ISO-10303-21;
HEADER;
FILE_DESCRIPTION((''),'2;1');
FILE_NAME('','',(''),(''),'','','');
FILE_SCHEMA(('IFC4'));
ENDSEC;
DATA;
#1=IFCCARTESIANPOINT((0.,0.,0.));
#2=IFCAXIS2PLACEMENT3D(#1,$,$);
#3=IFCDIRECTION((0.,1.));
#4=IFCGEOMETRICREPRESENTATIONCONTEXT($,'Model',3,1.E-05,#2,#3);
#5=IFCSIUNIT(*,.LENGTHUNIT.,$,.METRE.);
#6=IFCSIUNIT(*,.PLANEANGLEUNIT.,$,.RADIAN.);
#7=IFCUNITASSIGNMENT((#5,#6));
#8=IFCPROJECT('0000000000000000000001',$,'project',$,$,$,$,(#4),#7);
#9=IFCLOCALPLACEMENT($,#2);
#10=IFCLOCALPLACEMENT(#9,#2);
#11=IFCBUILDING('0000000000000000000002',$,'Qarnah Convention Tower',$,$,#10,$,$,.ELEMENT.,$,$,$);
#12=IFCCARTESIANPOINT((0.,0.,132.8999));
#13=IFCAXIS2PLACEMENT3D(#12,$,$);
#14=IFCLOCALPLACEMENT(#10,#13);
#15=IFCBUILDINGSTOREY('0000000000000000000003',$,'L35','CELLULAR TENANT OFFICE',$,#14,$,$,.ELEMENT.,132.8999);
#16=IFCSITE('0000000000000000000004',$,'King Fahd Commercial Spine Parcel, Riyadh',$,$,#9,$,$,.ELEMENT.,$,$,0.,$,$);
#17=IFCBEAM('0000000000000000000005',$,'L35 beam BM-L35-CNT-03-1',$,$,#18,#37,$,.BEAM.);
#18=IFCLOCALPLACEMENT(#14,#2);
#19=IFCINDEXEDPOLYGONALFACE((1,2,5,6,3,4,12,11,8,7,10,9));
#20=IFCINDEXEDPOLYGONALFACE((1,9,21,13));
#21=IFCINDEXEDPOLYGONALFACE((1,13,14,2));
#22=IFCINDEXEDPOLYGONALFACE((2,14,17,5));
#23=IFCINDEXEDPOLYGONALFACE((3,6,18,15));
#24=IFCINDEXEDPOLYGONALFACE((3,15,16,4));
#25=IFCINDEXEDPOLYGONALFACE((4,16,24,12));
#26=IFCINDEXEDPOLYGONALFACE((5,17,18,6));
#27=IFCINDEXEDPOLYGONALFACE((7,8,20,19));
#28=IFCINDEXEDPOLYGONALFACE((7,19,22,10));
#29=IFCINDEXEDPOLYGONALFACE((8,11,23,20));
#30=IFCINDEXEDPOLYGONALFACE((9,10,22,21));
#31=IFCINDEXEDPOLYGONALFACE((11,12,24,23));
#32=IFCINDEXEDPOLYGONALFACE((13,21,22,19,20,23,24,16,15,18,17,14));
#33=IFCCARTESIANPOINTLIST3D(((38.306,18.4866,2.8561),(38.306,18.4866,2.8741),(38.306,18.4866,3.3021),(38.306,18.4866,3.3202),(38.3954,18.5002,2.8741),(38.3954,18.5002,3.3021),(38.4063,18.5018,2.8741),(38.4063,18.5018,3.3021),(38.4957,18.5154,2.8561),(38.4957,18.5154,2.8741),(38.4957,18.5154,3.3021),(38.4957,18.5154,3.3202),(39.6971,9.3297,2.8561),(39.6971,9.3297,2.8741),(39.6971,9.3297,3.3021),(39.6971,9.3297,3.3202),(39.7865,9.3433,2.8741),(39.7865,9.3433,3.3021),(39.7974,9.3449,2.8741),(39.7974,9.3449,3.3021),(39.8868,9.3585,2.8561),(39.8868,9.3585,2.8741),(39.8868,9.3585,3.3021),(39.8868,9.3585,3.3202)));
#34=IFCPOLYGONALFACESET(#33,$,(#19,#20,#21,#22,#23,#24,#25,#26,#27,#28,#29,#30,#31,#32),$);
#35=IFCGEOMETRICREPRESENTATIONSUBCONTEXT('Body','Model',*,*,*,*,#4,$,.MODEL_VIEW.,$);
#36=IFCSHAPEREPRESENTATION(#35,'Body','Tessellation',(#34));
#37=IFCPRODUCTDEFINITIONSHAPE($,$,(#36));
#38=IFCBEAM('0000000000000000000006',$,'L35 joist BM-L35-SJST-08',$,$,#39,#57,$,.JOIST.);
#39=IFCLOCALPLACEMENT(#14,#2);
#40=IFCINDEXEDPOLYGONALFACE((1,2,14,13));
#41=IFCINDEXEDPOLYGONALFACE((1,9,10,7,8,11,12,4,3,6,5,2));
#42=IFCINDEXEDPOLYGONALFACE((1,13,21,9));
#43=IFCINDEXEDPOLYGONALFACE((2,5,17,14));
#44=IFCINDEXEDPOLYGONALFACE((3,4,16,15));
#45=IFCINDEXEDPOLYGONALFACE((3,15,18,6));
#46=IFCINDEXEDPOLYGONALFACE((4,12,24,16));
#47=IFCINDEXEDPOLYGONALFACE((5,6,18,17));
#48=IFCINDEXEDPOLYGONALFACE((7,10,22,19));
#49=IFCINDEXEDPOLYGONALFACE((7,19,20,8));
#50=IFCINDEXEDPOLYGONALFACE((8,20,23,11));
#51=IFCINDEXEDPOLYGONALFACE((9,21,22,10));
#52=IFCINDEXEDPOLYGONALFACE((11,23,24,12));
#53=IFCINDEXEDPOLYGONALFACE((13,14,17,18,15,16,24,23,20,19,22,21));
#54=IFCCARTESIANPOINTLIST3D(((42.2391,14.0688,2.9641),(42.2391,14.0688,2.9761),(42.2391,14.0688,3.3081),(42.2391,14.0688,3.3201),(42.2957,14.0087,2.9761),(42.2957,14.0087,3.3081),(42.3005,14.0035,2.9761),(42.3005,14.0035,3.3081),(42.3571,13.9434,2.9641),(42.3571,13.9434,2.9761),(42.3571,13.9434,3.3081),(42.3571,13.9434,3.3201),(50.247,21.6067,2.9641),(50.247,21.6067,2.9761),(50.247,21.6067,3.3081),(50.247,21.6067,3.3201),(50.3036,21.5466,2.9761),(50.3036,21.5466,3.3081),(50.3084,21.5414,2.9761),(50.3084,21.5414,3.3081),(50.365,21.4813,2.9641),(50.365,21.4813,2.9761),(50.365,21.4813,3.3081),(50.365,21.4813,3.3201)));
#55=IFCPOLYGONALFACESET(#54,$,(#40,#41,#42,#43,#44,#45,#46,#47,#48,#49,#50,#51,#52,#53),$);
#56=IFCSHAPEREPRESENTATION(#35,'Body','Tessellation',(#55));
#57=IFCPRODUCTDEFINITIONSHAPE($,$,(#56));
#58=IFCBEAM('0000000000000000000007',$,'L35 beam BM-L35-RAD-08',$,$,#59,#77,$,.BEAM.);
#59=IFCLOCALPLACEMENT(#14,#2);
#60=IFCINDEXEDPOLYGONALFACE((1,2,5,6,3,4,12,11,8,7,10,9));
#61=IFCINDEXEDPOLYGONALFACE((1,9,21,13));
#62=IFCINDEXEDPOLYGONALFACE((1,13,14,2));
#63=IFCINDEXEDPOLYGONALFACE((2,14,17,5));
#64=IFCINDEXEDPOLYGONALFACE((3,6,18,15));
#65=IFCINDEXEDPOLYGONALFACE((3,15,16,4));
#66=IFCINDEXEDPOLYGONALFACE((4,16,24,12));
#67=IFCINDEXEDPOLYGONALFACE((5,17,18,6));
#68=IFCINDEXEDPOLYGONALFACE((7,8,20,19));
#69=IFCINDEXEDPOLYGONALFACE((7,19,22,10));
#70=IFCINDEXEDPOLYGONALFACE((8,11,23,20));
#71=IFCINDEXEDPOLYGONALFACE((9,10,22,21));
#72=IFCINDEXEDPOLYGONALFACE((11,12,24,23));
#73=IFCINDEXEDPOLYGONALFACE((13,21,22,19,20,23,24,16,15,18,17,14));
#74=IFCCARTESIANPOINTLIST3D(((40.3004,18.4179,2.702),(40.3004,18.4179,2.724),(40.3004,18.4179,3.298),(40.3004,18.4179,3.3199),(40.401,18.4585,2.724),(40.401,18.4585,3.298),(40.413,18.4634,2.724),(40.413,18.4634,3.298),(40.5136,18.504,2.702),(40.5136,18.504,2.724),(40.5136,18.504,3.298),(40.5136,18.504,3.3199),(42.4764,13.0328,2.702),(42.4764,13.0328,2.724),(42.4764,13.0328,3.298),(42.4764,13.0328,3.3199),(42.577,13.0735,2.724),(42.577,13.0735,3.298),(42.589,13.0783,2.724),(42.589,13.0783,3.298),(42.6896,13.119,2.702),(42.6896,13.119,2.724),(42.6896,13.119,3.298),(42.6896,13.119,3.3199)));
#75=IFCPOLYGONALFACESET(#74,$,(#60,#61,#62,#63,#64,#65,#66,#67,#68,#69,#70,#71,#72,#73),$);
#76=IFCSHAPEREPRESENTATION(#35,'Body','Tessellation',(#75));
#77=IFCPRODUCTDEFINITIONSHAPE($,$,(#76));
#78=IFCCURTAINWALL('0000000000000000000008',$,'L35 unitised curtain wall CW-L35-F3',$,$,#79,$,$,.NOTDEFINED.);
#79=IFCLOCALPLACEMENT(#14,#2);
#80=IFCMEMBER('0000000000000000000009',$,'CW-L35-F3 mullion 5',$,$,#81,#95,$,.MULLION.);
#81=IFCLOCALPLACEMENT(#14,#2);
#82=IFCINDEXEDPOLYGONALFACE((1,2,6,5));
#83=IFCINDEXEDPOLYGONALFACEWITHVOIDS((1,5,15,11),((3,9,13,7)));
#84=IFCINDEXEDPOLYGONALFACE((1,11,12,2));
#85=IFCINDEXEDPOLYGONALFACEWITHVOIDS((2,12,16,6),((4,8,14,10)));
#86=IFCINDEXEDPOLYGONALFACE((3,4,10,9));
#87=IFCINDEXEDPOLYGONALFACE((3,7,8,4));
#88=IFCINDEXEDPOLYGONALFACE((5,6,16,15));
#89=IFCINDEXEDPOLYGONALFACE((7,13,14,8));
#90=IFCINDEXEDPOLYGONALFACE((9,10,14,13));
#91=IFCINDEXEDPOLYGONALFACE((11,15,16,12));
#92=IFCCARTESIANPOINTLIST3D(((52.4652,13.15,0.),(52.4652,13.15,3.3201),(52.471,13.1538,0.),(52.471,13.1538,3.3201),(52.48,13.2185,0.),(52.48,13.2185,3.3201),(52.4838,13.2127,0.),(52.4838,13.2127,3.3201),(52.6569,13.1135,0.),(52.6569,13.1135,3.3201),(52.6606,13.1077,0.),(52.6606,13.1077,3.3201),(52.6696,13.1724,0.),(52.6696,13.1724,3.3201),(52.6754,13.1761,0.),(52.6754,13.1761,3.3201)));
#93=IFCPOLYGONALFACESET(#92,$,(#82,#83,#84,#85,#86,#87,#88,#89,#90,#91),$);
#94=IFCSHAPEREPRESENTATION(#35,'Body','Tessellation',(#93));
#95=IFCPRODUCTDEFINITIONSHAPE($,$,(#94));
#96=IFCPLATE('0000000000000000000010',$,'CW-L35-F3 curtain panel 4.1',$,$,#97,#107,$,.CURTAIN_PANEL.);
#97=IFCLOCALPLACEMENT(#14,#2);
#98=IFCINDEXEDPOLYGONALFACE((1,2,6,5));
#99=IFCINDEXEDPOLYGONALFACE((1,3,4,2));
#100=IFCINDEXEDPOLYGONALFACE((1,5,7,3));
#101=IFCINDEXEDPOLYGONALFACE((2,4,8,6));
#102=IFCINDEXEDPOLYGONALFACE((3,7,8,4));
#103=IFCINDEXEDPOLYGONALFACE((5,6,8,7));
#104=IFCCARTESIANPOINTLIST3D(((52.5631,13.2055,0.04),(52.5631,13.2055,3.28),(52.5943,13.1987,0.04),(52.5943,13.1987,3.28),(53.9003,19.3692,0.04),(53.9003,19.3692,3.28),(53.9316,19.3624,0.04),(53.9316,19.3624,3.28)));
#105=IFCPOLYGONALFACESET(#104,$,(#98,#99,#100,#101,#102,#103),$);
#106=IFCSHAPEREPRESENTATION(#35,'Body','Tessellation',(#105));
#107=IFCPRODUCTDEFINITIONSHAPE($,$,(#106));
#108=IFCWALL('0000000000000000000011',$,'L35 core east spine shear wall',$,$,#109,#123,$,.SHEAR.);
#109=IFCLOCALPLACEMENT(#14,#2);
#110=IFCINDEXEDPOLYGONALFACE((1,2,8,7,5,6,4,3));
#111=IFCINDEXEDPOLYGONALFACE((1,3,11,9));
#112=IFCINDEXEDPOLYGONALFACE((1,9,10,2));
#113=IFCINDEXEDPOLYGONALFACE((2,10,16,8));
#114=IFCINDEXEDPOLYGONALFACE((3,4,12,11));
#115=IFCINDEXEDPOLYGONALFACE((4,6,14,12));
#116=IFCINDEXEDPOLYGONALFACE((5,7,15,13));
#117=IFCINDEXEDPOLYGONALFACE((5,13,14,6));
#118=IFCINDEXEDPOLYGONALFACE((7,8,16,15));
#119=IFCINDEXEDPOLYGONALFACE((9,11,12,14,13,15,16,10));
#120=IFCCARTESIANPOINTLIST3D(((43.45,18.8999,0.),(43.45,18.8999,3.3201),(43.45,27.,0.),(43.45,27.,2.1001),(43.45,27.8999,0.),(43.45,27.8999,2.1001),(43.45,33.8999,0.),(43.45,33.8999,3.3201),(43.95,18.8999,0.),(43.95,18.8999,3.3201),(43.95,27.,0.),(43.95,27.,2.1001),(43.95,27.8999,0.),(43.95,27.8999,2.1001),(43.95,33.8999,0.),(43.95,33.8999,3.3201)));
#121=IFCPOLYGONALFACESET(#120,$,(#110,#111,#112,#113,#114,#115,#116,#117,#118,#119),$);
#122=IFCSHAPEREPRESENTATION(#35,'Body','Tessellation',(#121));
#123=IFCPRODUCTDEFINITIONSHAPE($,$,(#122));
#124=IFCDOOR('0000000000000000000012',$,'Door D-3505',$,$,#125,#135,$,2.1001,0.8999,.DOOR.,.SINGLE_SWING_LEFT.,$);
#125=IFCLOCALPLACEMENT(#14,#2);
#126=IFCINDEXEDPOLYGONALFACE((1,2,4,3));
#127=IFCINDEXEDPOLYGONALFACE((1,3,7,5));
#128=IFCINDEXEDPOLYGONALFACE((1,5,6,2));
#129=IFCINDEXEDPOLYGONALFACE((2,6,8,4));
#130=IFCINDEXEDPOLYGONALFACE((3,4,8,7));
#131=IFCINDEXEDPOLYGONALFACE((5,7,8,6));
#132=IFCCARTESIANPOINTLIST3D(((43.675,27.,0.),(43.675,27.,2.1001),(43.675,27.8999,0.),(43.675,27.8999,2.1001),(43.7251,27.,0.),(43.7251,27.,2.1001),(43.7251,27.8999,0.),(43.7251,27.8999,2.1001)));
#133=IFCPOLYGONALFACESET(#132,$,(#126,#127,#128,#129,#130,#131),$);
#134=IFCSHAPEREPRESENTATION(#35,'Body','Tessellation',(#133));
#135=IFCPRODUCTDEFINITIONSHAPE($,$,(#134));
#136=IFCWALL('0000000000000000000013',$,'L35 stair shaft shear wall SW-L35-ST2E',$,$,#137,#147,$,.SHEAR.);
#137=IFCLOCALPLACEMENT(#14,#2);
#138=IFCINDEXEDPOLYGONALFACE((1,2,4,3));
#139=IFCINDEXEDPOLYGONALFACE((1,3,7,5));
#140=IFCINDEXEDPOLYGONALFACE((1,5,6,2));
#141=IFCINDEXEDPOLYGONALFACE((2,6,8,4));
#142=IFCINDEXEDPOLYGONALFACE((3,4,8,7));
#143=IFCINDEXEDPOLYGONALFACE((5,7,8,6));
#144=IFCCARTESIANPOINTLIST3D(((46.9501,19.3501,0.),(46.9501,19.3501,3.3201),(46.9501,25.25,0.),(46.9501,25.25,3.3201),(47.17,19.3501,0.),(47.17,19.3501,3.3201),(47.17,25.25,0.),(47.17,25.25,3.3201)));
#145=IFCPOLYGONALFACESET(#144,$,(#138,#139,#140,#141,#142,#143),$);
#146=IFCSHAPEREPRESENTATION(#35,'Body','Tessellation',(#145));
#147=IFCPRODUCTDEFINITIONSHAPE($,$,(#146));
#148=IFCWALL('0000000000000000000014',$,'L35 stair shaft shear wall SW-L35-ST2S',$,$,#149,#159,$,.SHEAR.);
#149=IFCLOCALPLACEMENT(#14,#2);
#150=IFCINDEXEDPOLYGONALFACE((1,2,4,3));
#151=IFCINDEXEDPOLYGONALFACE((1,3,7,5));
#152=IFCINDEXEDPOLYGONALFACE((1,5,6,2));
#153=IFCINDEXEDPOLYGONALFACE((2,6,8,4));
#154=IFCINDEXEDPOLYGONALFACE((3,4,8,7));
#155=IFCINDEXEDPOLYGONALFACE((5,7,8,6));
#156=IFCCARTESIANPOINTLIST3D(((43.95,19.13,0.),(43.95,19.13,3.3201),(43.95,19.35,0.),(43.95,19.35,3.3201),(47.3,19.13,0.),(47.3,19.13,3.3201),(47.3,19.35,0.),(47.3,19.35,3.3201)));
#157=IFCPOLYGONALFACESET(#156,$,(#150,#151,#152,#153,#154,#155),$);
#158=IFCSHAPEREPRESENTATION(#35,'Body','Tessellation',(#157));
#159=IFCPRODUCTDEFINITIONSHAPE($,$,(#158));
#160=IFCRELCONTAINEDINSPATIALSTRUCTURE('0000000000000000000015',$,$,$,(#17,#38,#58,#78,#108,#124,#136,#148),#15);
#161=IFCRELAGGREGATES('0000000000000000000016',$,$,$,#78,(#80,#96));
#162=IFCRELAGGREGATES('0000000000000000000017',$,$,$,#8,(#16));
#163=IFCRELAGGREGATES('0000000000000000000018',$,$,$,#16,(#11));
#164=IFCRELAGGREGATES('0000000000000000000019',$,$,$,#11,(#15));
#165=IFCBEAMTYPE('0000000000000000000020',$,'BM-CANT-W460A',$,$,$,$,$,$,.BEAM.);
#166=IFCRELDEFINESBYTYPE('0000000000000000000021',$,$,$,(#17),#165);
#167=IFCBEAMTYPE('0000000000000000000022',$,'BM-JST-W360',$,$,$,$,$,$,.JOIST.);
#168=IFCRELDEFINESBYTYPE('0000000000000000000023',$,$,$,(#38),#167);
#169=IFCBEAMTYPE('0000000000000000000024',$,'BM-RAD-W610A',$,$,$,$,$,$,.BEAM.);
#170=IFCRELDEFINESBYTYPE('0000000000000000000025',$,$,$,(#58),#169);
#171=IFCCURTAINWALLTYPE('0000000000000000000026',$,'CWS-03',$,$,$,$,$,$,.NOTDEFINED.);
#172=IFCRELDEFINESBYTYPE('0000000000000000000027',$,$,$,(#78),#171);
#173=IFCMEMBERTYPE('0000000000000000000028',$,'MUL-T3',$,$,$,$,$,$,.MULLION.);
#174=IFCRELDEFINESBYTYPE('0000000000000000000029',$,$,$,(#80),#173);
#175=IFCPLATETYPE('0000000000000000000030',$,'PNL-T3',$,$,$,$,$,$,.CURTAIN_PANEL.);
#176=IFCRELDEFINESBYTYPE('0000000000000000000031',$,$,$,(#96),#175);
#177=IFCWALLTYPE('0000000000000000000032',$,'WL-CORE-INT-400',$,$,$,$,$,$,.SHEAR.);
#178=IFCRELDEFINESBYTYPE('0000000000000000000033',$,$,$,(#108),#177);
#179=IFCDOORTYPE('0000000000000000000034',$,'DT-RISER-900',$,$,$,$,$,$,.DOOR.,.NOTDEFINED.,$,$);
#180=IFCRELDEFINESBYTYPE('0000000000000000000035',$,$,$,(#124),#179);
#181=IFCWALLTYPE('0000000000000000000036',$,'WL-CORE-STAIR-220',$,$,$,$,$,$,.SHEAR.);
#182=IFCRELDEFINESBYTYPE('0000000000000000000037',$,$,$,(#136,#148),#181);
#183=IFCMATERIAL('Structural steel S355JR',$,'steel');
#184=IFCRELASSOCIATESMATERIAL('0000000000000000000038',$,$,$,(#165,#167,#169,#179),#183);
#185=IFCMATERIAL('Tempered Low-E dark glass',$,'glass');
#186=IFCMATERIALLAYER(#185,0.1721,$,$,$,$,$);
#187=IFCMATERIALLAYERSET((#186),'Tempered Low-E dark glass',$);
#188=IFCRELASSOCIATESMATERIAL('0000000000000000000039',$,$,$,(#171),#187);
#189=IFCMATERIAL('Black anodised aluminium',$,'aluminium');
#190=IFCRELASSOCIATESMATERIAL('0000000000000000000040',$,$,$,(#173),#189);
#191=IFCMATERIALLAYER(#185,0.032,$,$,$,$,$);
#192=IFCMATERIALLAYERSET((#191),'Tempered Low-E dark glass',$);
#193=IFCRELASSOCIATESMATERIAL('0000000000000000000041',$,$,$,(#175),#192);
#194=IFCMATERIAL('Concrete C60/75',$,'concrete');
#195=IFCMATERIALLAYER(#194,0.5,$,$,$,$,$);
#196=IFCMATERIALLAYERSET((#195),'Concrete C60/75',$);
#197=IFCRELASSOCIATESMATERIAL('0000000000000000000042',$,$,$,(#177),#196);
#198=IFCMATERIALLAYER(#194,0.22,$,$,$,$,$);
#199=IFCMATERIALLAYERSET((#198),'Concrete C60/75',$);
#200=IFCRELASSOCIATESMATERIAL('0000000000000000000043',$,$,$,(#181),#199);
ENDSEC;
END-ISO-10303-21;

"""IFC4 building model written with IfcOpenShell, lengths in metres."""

from ifc_helpers import new_model, si_unit, direction, frame, frame_2d, origin, origin_2d, place, context, subcontext, project, spatial, rectangle, hollow_rectangle, i_section, extrude, material, layer, layer_set, material_profile, profile_set, type_object, element, fill, aggregate, save


model = new_model("IFC4")

# Units and contexts
model_context = context("Model", 3, precision=1e-05, world=origin(), true_north=direction((0.0, 1.0)))
body_context = subcontext(model_context, "Body", "Model", "MODEL_VIEW")
ifc_project = project(units=[si_unit("LENGTHUNIT", "METRE"), si_unit("PLANEANGLEUNIT", "RADIAN")], contexts=[model_context])

# Site, building, storey
site_placement = place(None, origin())
site = spatial("IfcSite", under=ifc_project, at=site_placement, Name="King Fahd Commercial Spine Parcel, Riyadh", CompositionType="ELEMENT", RefElevation=0.0)
building_placement = place(site_placement, origin())
building = spatial("IfcBuilding", under=site, at=building_placement, Name="Qarnah Convention Tower", CompositionType="ELEMENT")
storey_placement = place(building_placement, frame((0.0, 0.0, 132.8999)))
storey = spatial("IfcBuildingStorey", under=building, at=storey_placement, Name="L35", Description="CELLULAR TENANT OFFICE", CompositionType="ELEMENT", Elevation=132.8999)

# Beams
ifc_material_1 = material(Name="Structural steel S355JR", Category="steel")
ifc_material_profile_1 = material_profile(ifc_material_1, i_section(OverallWidth=0.1919, OverallDepth=0.4641, WebThickness=0.011, FlangeThickness=0.0181, at=origin_2d()), Name="W460X89")
ifc_profile_set_1 = profile_set([ifc_material_profile_1], Name="Structural steel S355JR")
beam_type_1 = type_object("IfcBeamType", Name="BM-CANT-W460A", PredefinedType="BEAM", material=ifc_profile_set_1)
beam_1_placement = place(storey_placement, frame((38.4009, 18.501, 3.0881), z_axis=(0.150195, -0.988656, 0.0), x_axis=(0.988656, 0.150195, 0.0)))
element("IfcBeam", 1, at=beam_1_placement, inside=storey, type_object=beam_type_1, Name="L35 beam BM-L35-CNT-03-1", PredefinedType="BEAM", context=body_context, shape_type="SweptSolid", body=[
    extrude(i_section(OverallWidth=0.1919, OverallDepth=0.4641, WebThickness=0.011, FlangeThickness=0.0181, at=origin_2d()), origin(), (0.0, 0.0, 1.0), 9.262),
])
ifc_material_profile_2 = material_profile(ifc_material_1, i_section(OverallWidth=0.1721, OverallDepth=0.356, WebThickness=0.0071, FlangeThickness=0.012, at=origin_2d()), Name="W360X51")
ifc_profile_set_2 = profile_set([ifc_material_profile_2], Name="Structural steel S355JR")
beam_type_2 = type_object("IfcBeamType", Name="BM-JST-W360", PredefinedType="JOIST", material=ifc_profile_set_2)
beam_2_placement = place(storey_placement, frame((42.2981, 14.0061, 3.1421), z_axis=(0.728151, 0.685417, 0.0), x_axis=(-0.685417, 0.728151, 0.0)))
element("IfcBeam", 2, at=beam_2_placement, inside=storey, type_object=beam_type_2, Name="L35 joist BM-L35-SJST-08", PredefinedType="JOIST", context=body_context, shape_type="SweptSolid", body=[
    extrude(i_section(OverallWidth=0.1721, OverallDepth=0.356, WebThickness=0.0071, FlangeThickness=0.012, at=origin_2d()), origin(), (0.0, 0.0, 1.0), 10.9976),
])
ifc_material_profile_3 = material_profile(ifc_material_1, i_section(OverallWidth=0.23, OverallDepth=0.6179, WebThickness=0.0129, FlangeThickness=0.022, at=origin_2d()), Name="W610X140")
ifc_profile_set_3 = profile_set([ifc_material_profile_3], Name="Structural steel S355JR")
beam_type_3 = type_object("IfcBeamType", Name="BM-RAD-W610A", PredefinedType="BEAM", material=ifc_profile_set_3)
beam_3_placement = place(storey_placement, frame((40.407, 18.4609, 3.011), z_axis=(0.374657, -0.927164, 0.0), x_axis=(0.927164, 0.374657, 0.0)))
element("IfcBeam", 3, at=beam_3_placement, inside=storey, type_object=beam_type_3, Name="L35 beam BM-L35-RAD-08", PredefinedType="BEAM", context=body_context, shape_type="SweptSolid", body=[
    extrude(i_section(OverallWidth=0.23, OverallDepth=0.6179, WebThickness=0.0129, FlangeThickness=0.022, at=origin_2d()), origin(), (0.0, 0.0, 1.0), 5.8081),
])

# Curtain wall, member, plate
ifc_material_2 = material(Name="Tempered Low-E dark glass", Category="glass")
ifc_layer_1 = layer(ifc_material_2, 0.1721)
ifc_layer_set_1 = layer_set([ifc_layer_1], Name="Tempered Low-E dark glass")
curtain_wall_type = type_object("IfcCurtainWallType", Name="CWS-03", PredefinedType="NOTDEFINED", material=ifc_layer_set_1)
curtain_wall_placement = place(storey_placement, origin())
curtain_wall = element("IfcCurtainWall", 4, at=curtain_wall_placement, inside=storey, type_object=curtain_wall_type, Name="L35 unitised curtain wall CW-L35-F3", PredefinedType="NOTDEFINED")
ifc_material_3 = material(Name="Black anodised aluminium", Category="aluminium")
ifc_material_profile_4 = material_profile(ifc_material_3, hollow_rectangle(XDim=0.0701, YDim=0.2, WallThickness=0.0049, at=origin_2d()), Name="MUL-70X200")
ifc_profile_set_4 = profile_set([ifc_material_profile_4], Name="Black anodised aluminium")
member_type = type_object("IfcMemberType", Name="MUL-T3", PredefinedType="MULLION", material=ifc_profile_set_4)
member_placement = place(storey_placement, frame((52.5703, 13.1631, 0.0), z_axis=(0.0, 0.0, 1.0), x_axis=(-0.212018, -0.977266, 0.0)))
member = element("IfcMember", 5, at=member_placement, type_object=member_type, Name="CW-L35-F3 mullion 5", PredefinedType="MULLION", context=body_context, shape_type="SweptSolid", body=[
    extrude(hollow_rectangle(XDim=0.0701, YDim=0.2, WallThickness=0.0049, at=origin_2d()), origin(), (0.0, 0.0, 1.0), 3.3201),
])
ifc_layer_2 = layer(ifc_material_2, 0.032)
ifc_layer_set_2 = layer_set([ifc_layer_2], Name="Tempered Low-E dark glass")
plate_type = type_object("IfcPlateType", Name="PNL-T3", PredefinedType="CURTAIN_PANEL", material=ifc_layer_set_2)
plate_placement = place(storey_placement, frame((53.2473, 16.2839, 0.04), z_axis=(0.0, 0.0, 1.0), x_axis=(-0.212018, -0.977266, 0.0)))
plate = element("IfcPlate", 6, at=plate_placement, type_object=plate_type, Name="CW-L35-F3 curtain panel 4.1", PredefinedType="CURTAIN_PANEL", context=body_context, shape_type="SweptSolid", body=[
    extrude(rectangle(XDim=6.3071, YDim=0.032, at=origin_2d()), origin(), (0.0, 0.0, 1.0), 3.24),
])
aggregate(curtain_wall, [member, plate])

# Shared definitions
ifc_material_4 = material(Name="Concrete C60/75", Category="concrete")
door_type_1 = type_object("IfcDoorType", Name="DT-RISER-900", OperationType="NOTDEFINED", PredefinedType="DOOR", material=ifc_material_1)

# Wall, opening, door
ifc_layer_3 = layer(ifc_material_4, 0.5)
ifc_layer_set_3 = layer_set([ifc_layer_3], Name="Concrete C60/75")
wall_type_1 = type_object("IfcWallType", Name="WL-CORE-INT-400", PredefinedType="SHEAR", material=ifc_layer_set_3)
wall_1_placement = place(storey_placement, frame((43.7, 18.8999, 0.0), z_axis=(0.0, 0.0, 1.0), x_axis=(0.0, 1.0, 0.0)))
wall_1 = element("IfcWall", 7, at=wall_1_placement, inside=storey, type_object=wall_type_1, Name="L35 core east spine shear wall", PredefinedType="SHEAR", context=body_context, shape_type="SweptSolid", body=[
    extrude(rectangle(XDim=15.0, YDim=0.5, at=frame_2d((7.5, 0.0))), origin(), (0.0, 0.0, 1.0), 3.3201),
])
opening_1_placement = place(wall_1_placement, frame((8.1001, 0.0, 0.0)))
opening_1 = element("IfcOpeningElement", 8, at=opening_1_placement, cuts=wall_1, PredefinedType="OPENING", context=body_context, shape_type="SweptSolid", body=[
    extrude(rectangle(XDim=0.8999, YDim=2.1001, at=frame_2d((0.45, 1.05))), frame((0.0, 0.26, 0.0), z_axis=(0.0, -1.0, 0.0), x_axis=(1.0, 0.0, 0.0)), (0.0, 0.0, 1.0), 0.52),
])
door_1_placement = place(opening_1_placement, origin())
door_1 = element("IfcDoor", 9, at=door_1_placement, inside=storey, type_object=door_type_1, Name="Door D-3505", OperationType="SINGLE_SWING_LEFT", OverallHeight=2.1001, OverallWidth=0.8999, PredefinedType="DOOR", context=body_context, shape_type="SweptSolid", body=[
    extrude(rectangle(XDim=0.8999, YDim=2.1001, at=frame_2d((0.45, 1.05))), frame((0.0, 0.0249, 0.0), z_axis=(0.0, -1.0, 0.0), x_axis=(1.0, 0.0, 0.0)), (0.0, 0.0, 1.0), 0.05),
])
fill(opening_1, door_1)

# Walls
ifc_layer_4 = layer(ifc_material_4, 0.22)
ifc_layer_set_4 = layer_set([ifc_layer_4], Name="Concrete C60/75")
wall_type_2 = type_object("IfcWallType", Name="WL-CORE-STAIR-220", PredefinedType="SHEAR", material=ifc_layer_set_4)
wall_2_placement = place(storey_placement, frame((47.0601, 19.3501, 0.0), z_axis=(0.0, 0.0, 1.0), x_axis=(0.0, 1.0, 0.0)))
element("IfcWall", 10, at=wall_2_placement, inside=storey, type_object=wall_type_2, Name="L35 stair shaft shear wall SW-L35-ST2E", PredefinedType="SHEAR", context=body_context, shape_type="SweptSolid", body=[
    extrude(rectangle(XDim=5.8999, YDim=0.22, at=frame_2d((2.95, 0.0))), origin(), (0.0, 0.0, 1.0), 3.3201),
])
wall_3_placement = place(storey_placement, frame((43.95, 19.24, 0.0), z_axis=(0.0, 0.0, 1.0), x_axis=(1.0, 0.0, 0.0)))
element("IfcWall", 11, at=wall_3_placement, inside=storey, type_object=wall_type_2, Name="L35 stair shaft shear wall SW-L35-ST2S", PredefinedType="SHEAR", context=body_context, shape_type="SweptSolid", body=[
    extrude(rectangle(XDim=3.3501, YDim=0.22, at=frame_2d((1.675, 0.0))), origin(), (0.0, 0.0, 1.0), 3.3201),
])

save(model, "model.ifc")
